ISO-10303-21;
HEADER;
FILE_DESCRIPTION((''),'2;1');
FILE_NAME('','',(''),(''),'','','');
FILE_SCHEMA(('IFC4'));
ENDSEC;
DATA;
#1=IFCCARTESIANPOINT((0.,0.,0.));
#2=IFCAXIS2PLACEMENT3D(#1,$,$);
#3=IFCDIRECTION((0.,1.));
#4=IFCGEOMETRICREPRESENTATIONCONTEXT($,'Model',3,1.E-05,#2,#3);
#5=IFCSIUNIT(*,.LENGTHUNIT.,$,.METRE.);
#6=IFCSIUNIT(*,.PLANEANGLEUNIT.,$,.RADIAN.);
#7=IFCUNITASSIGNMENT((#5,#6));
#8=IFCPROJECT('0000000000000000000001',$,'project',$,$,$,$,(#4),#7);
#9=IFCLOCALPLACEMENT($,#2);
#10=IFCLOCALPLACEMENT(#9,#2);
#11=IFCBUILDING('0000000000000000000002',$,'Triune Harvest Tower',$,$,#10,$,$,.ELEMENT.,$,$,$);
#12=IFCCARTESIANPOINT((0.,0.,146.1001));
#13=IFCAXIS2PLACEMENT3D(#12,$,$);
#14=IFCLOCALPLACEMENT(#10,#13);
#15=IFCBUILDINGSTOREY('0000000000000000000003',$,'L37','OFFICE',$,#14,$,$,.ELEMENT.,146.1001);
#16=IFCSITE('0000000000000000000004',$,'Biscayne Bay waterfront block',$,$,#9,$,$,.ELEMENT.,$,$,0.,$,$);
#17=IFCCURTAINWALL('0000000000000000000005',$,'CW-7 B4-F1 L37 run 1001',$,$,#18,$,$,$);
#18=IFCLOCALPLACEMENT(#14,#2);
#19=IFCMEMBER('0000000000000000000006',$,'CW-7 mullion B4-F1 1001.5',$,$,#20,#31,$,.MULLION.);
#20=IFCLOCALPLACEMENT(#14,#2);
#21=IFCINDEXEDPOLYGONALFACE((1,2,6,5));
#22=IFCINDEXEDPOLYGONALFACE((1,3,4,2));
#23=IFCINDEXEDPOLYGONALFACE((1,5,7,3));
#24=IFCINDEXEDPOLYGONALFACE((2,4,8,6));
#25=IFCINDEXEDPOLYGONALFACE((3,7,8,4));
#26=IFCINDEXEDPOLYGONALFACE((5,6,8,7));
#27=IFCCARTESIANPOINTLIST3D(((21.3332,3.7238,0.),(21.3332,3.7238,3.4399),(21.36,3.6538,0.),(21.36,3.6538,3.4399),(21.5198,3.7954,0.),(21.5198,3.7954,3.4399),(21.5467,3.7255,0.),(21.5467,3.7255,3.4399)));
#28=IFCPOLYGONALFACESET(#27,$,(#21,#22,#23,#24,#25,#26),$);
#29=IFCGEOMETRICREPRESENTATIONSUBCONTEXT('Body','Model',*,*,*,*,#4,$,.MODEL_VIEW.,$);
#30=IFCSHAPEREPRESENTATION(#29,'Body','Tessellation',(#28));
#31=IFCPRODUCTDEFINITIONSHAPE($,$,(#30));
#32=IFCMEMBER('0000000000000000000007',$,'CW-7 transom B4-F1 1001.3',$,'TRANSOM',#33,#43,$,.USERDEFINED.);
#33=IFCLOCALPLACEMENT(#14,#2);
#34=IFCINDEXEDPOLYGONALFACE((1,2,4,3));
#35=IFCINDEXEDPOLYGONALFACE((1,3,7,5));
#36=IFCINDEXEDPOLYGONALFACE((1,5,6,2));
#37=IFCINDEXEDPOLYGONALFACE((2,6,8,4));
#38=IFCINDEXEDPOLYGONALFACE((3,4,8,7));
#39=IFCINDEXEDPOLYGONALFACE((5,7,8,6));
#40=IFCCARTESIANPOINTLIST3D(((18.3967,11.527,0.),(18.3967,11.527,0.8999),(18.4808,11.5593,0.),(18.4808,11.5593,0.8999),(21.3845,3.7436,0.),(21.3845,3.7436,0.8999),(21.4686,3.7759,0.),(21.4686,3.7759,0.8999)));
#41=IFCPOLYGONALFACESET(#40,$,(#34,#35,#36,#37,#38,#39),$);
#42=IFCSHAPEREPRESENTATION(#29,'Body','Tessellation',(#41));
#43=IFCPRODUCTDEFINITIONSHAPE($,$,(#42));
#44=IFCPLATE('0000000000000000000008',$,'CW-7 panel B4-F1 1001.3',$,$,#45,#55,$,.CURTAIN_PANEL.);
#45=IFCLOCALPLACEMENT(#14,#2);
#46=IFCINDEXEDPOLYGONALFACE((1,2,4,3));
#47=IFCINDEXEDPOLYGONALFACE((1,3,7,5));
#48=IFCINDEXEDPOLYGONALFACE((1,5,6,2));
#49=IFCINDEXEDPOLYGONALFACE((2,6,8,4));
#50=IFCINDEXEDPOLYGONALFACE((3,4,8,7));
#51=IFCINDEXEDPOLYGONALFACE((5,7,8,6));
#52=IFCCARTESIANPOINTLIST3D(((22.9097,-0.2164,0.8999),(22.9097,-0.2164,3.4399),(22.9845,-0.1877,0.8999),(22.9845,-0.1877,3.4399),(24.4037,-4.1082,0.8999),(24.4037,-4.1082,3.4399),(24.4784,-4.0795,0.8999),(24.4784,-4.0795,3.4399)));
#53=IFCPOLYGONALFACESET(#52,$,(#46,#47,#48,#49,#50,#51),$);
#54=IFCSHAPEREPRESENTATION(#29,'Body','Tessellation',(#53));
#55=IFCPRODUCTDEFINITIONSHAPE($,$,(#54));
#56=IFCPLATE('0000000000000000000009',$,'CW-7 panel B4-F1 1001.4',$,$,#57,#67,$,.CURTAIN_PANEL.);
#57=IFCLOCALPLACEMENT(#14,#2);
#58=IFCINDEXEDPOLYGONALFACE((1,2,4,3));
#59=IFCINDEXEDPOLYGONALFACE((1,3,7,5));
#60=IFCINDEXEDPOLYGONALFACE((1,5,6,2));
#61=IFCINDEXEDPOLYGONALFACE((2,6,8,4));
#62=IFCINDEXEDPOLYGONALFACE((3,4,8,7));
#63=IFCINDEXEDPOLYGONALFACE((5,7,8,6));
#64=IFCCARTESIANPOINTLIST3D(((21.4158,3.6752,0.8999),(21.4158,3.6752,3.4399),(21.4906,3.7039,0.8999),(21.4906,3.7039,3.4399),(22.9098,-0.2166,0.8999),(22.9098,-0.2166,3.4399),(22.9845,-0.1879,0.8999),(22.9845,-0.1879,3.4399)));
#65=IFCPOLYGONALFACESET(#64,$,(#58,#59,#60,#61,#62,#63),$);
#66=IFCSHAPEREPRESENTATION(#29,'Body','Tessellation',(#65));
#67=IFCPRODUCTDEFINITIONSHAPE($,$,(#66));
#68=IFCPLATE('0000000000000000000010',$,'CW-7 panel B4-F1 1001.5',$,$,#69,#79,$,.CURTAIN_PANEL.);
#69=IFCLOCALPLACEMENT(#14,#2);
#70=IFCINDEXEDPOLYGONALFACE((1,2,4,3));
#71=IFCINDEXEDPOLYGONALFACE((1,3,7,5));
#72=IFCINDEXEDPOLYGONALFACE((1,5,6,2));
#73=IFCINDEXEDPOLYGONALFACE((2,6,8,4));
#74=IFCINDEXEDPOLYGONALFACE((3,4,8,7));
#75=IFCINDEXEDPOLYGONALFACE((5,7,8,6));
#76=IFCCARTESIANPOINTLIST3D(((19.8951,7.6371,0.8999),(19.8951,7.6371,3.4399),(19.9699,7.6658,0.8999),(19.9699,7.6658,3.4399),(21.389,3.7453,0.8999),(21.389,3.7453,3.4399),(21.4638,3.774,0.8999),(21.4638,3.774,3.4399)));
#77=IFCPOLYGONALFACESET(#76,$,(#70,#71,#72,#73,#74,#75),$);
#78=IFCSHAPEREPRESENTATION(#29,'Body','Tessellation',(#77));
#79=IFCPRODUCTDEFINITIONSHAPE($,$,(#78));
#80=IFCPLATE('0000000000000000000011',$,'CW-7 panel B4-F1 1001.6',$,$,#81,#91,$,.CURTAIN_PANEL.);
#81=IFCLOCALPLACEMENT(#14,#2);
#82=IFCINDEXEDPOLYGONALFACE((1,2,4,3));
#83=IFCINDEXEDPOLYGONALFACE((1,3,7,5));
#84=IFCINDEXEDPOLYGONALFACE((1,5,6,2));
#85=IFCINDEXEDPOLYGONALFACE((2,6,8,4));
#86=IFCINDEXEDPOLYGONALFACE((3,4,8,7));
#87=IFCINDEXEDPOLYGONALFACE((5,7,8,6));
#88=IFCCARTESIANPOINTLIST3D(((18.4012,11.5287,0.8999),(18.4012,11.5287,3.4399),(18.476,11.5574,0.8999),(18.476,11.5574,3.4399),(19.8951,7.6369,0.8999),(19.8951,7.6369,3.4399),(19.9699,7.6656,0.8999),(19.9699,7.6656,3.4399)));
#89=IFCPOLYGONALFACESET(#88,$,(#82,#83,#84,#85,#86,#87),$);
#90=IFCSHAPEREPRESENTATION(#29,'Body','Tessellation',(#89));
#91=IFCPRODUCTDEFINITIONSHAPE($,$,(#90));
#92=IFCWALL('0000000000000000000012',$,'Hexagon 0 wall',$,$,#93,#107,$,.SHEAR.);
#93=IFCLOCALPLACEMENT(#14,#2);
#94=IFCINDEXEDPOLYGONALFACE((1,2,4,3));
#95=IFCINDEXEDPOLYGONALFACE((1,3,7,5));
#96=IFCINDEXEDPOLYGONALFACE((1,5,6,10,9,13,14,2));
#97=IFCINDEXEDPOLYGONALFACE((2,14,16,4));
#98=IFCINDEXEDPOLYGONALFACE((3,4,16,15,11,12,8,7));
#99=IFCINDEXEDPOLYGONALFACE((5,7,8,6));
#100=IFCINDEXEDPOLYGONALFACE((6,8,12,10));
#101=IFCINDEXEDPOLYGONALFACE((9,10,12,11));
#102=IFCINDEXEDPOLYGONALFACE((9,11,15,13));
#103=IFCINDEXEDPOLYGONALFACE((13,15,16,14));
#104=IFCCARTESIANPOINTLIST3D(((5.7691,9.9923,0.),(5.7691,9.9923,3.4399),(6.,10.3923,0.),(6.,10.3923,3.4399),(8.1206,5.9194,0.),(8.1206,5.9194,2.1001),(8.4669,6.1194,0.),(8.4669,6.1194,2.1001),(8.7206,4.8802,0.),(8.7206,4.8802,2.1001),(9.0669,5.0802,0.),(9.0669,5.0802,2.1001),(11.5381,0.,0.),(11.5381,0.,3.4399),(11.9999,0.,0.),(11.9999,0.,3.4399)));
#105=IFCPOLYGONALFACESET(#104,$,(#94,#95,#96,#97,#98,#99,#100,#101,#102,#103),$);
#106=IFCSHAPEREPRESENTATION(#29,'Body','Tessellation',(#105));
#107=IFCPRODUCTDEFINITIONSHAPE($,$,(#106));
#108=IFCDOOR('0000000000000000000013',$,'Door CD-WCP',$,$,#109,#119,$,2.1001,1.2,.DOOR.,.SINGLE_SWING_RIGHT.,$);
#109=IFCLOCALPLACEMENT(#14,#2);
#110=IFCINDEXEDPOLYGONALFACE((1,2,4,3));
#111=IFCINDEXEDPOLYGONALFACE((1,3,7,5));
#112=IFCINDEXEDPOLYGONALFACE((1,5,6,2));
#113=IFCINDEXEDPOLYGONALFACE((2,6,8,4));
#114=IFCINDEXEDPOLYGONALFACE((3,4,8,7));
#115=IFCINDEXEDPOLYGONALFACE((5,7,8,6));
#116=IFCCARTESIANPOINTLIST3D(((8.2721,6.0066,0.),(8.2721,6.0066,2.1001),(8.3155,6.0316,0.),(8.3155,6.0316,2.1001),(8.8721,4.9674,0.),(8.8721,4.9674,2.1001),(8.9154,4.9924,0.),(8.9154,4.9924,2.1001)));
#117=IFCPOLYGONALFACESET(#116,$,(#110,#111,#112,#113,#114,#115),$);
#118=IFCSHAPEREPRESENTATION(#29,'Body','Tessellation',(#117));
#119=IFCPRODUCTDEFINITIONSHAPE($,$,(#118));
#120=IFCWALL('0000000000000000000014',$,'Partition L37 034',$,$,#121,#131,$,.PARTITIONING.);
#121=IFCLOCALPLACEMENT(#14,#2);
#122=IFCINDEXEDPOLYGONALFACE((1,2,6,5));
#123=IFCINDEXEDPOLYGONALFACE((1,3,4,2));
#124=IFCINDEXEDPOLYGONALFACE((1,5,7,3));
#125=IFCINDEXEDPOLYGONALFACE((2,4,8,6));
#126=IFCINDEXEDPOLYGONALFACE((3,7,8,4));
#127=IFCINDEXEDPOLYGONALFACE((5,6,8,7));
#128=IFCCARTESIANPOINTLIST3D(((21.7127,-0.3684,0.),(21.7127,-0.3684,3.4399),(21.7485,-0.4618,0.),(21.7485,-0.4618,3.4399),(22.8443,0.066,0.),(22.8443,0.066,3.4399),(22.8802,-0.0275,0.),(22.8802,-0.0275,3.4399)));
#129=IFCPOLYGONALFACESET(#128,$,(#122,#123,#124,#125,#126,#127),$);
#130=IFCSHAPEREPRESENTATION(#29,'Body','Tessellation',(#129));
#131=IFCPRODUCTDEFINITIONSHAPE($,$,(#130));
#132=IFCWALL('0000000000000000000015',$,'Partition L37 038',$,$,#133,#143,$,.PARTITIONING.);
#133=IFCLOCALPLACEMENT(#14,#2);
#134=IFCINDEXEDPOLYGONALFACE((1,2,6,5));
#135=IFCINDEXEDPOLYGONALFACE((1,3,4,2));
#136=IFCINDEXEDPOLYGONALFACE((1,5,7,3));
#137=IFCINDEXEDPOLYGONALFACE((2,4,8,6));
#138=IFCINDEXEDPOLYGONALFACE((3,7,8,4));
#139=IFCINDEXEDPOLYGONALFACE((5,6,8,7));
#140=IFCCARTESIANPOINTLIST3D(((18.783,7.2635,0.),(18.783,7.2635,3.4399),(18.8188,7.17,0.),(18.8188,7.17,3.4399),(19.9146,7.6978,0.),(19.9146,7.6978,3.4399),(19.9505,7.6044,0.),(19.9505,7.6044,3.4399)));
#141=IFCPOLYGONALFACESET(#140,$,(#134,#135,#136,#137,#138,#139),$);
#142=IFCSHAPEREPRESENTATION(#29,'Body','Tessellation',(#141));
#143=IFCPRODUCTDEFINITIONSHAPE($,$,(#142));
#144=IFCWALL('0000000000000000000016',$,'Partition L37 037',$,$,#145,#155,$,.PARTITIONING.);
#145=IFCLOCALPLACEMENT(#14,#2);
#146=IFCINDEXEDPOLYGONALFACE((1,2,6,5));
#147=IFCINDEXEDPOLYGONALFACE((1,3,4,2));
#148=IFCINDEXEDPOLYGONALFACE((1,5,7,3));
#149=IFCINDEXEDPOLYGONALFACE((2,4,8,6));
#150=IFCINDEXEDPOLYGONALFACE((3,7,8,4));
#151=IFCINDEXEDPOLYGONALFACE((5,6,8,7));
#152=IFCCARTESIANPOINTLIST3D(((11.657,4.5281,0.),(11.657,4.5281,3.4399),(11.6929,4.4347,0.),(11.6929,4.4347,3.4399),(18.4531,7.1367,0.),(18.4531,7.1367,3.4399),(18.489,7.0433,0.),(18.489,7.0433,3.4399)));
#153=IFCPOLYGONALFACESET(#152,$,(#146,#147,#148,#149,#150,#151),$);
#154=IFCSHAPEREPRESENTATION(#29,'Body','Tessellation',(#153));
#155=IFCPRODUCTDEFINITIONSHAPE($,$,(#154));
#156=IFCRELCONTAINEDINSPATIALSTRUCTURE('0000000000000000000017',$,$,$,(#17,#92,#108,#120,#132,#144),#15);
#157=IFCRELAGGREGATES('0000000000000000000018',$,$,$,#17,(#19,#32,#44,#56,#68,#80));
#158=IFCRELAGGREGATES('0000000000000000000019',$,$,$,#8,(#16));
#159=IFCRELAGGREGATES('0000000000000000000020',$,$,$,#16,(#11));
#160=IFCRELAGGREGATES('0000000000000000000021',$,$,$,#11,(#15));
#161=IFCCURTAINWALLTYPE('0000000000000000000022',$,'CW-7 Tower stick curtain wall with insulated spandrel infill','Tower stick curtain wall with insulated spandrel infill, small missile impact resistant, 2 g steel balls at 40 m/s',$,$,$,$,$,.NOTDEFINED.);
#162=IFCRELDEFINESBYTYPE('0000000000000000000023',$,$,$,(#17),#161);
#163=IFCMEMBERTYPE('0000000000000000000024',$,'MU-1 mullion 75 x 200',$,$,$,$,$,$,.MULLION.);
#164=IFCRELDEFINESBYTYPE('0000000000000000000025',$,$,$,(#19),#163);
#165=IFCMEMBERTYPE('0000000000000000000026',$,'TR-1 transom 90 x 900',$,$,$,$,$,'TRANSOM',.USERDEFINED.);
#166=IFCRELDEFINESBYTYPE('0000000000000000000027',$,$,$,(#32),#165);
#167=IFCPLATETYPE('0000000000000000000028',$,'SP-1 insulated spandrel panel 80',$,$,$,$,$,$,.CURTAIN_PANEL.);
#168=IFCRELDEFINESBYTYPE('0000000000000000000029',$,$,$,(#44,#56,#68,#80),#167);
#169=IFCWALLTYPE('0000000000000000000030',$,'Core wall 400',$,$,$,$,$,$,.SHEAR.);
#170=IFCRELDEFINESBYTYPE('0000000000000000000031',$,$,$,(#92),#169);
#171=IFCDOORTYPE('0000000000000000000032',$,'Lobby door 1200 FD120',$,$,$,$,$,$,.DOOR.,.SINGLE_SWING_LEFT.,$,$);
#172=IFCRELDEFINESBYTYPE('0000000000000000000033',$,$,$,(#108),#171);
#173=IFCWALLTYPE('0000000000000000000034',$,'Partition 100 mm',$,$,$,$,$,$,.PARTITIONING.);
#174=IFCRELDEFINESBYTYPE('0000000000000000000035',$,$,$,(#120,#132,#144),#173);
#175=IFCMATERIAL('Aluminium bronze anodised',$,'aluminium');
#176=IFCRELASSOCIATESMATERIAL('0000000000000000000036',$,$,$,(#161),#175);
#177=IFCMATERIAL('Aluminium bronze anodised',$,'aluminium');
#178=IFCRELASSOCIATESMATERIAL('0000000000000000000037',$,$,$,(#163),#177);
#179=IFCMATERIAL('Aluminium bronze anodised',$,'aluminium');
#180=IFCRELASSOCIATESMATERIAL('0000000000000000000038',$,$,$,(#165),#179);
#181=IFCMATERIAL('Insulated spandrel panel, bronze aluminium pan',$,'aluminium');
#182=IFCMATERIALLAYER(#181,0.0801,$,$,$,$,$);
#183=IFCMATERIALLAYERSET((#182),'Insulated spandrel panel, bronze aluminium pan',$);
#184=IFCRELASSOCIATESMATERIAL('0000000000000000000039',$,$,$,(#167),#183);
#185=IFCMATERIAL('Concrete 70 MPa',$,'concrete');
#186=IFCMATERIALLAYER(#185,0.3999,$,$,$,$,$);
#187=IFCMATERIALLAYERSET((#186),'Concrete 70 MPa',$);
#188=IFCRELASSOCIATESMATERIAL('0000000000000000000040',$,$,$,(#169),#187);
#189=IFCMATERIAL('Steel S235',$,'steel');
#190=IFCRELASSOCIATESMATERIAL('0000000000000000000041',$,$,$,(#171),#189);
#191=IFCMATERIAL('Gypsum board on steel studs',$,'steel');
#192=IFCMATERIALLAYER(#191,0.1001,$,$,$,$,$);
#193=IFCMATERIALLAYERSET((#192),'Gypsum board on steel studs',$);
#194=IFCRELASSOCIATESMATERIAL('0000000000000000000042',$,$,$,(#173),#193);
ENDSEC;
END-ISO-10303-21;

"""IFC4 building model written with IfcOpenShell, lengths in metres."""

from ifc_helpers import new_model, si_unit, direction, frame, frame_2d, origin, origin_2d, place, context, subcontext, project, spatial, polyline, rectangle, outline, extrude, source, transform, mapped, material, layer, layer_set, material_profile, profile_set, type_object, element, fill, aggregate, save


model = new_model("IFC4")

# Units and contexts
model_context = context("Model", 3, precision=1e-05, world=origin(), true_north=direction((0.0, 1.0)))
body_context = subcontext(model_context, "Body", "Model", "MODEL_VIEW")
ifc_project = project(units=[si_unit("LENGTHUNIT", "METRE"), si_unit("PLANEANGLEUNIT", "RADIAN")], contexts=[model_context])

# Site, building, storey
site_placement = place(None, origin())
site = spatial("IfcSite", under=ifc_project, at=site_placement, Name="Biscayne Bay waterfront block", CompositionType="ELEMENT", RefElevation=0.0)
building_placement = place(site_placement, origin())
building = spatial("IfcBuilding", under=site, at=building_placement, Name="Triune Harvest Tower", CompositionType="ELEMENT")
storey_placement = place(building_placement, frame((0.0, 0.0, 146.1001)))
storey = spatial("IfcBuildingStorey", under=building, at=storey_placement, Name="L37", Description="OFFICE", CompositionType="ELEMENT", Elevation=146.1001)

# Curtain wall, members, plates
ifc_material_1 = material(Name="Aluminium bronze anodised", Category="aluminium")
curtain_wall_type = type_object("IfcCurtainWallType", Name="CW-7 Tower stick curtain wall with insulated spandrel infill", Description="Tower stick curtain wall with insulated spandrel infill, small missile impact resistant, 2 g steel balls at 40 m/s", PredefinedType="NOTDEFINED", material=ifc_material_1)
curtain_wall_placement = place(storey_placement, origin())
curtain_wall = element("IfcCurtainWall", 1, at=curtain_wall_placement, inside=storey, type_object=curtain_wall_type, Name="CW-7 B4-F1 L37 run 1001")
ifc_material_2 = material(Name="Aluminium bronze anodised", Category="aluminium")
ifc_material_profile_1 = material_profile(ifc_material_2, rectangle(XDim=0.2, YDim=0.075, at=origin_2d()), Name="MU-1 mullion 75 x 200")
ifc_profile_set_1 = profile_set([ifc_material_profile_1], Name="Aluminium bronze anodised")
member_type_1 = type_object("IfcMemberType", Name="MU-1 mullion 75 x 200", PredefinedType="MULLION", material=ifc_profile_set_1)
shared_shape_1 = source(origin(), body_context, "Body", "SweptSolid", [
    extrude(rectangle(XDim=0.2, YDim=0.075, at=origin_2d()), origin(), (0.0, 0.0, 1.0), 3.4399),
])
member_1_placement = place(storey_placement, frame((21.4399, 3.7246, 0.0), z_axis=(0.0, 0.0, 1.0), x_axis=(-0.93358, -0.35837, 0.0)))
member_1 = element("IfcMember", 2, at=member_1_placement, type_object=member_type_1, Name="CW-7 mullion B4-F1 1001.5", PredefinedType="MULLION", context=body_context, shape_type="MappedRepresentation", body=[
    mapped(shared_shape_1, transform((0.0, 0.0, 0.0), scale=1.0)),
])
ifc_material_3 = material(Name="Aluminium bronze anodised", Category="aluminium")
ifc_material_profile_2 = material_profile(ifc_material_3, rectangle(XDim=0.0901, YDim=0.8999, at=origin_2d()), Name="TR-1 transom 90 x 900")
ifc_profile_set_2 = profile_set([ifc_material_profile_2], Name="Aluminium bronze anodised")
member_type_2 = type_object("IfcMemberType", Name="TR-1 transom 90 x 900", ElementType="TRANSOM", PredefinedType="USERDEFINED", material=ifc_profile_set_2)
shared_shape_2 = source(origin(), body_context, "Body", "SweptSolid", [
    extrude(rectangle(XDim=0.0901, YDim=0.8999, at=origin_2d()), origin(), (0.0, 0.0, 1.0), 8.3372),
])
member_2_placement = place(storey_placement, frame((21.4265, 3.7598, 0.45), z_axis=(-0.358369, 0.93358, 0.0), x_axis=(-0.93358, -0.358369, 0.0)))
member_2 = element("IfcMember", 3, at=member_2_placement, type_object=member_type_2, Name="CW-7 transom B4-F1 1001.3", ObjectType="TRANSOM", PredefinedType="USERDEFINED", context=body_context, shape_type="MappedRepresentation", body=[
    mapped(shared_shape_2, transform((0.0, 0.0, 0.0), scale=1.0)),
])
ifc_material_4 = material(Name="Insulated spandrel panel, bronze aluminium pan", Category="aluminium")
ifc_layer_1 = layer(ifc_material_4, 0.0801)
ifc_layer_set_1 = layer_set([ifc_layer_1], Name="Insulated spandrel panel, bronze aluminium pan")
plate_type = type_object("IfcPlateType", Name="SP-1 insulated spandrel panel 80", PredefinedType="CURTAIN_PANEL", material=ifc_layer_set_1)
shared_shape_3 = source(origin(), body_context, "Body", "SweptSolid", [
    extrude(rectangle(XDim=4.1687, YDim=0.0801, at=origin_2d()), origin(), (0.0, 0.0, 1.0), 2.54),
])
plate_1_placement = place(storey_placement, frame((23.6941, -2.1479, 0.8999), z_axis=(0.0, 0.0, 1.0), x_axis=(-0.35837, 0.93358, 0.0)))
plate_1 = element("IfcPlate", 4, at=plate_1_placement, type_object=plate_type, Name="CW-7 panel B4-F1 1001.3", PredefinedType="CURTAIN_PANEL", context=body_context, shape_type="MappedRepresentation", body=[
    mapped(shared_shape_3, transform((0.0, 0.0, 0.0), scale=1.0)),
])
plate_2_placement = place(storey_placement, frame((22.2002, 1.7437, 0.8999), z_axis=(0.0, 0.0, 1.0), x_axis=(-0.35837, 0.93358, 0.0)))
plate_2 = element("IfcPlate", 5, at=plate_2_placement, type_object=plate_type, Name="CW-7 panel B4-F1 1001.4", PredefinedType="CURTAIN_PANEL", context=body_context, shape_type="MappedRepresentation", body=[
    mapped(shared_shape_3, transform((0.0, 0.0, 0.0), scale=1.0)),
])
plate_3_placement = place(storey_placement, frame((20.6794, 5.7056, 0.8999), z_axis=(0.0, 0.0, 1.0), x_axis=(-0.35837, 0.93358, 0.0)))
plate_3 = element("IfcPlate", 6, at=plate_3_placement, type_object=plate_type, Name="CW-7 panel B4-F1 1001.5", PredefinedType="CURTAIN_PANEL", context=body_context, shape_type="MappedRepresentation", body=[
    mapped(shared_shape_3, transform((0.0, 0.0, 0.0), scale=1.0)),
])
plate_4_placement = place(storey_placement, frame((19.1855, 9.5972, 0.8999), z_axis=(0.0, 0.0, 1.0), x_axis=(-0.35837, 0.93358, 0.0)))
plate_4 = element("IfcPlate", 7, at=plate_4_placement, type_object=plate_type, Name="CW-7 panel B4-F1 1001.6", PredefinedType="CURTAIN_PANEL", context=body_context, shape_type="MappedRepresentation", body=[
    mapped(shared_shape_3, transform((0.0, 0.0, 0.0), scale=1.0)),
])
aggregate(curtain_wall, [member_1, member_2, plate_1, plate_2, plate_3, plate_4])

# Wall, opening, door
ifc_material_5 = material(Name="Concrete 70 MPa", Category="concrete")
ifc_layer_2 = layer(ifc_material_5, 0.3999)
ifc_layer_set_2 = layer_set([ifc_layer_2], Name="Concrete 70 MPa")
wall_type_1 = type_object("IfcWallType", Name="Core wall 400", PredefinedType="SHEAR", material=ifc_layer_set_2)
shared_shape_4 = source(origin(), body_context, "Body", "SweptSolid", [
    extrude(outline(polyline([(-0.1155, -0.2), (11.8845, -0.2), (11.6536, 0.2), (0.1155, 0.2), (-0.1155, -0.2)])), origin(), (0.0, 0.0, 1.0), 3.4399),
])
wall_1_placement = place(storey_placement, frame((11.769, 0.0, 0.0), z_axis=(0.0, 0.0, 1.0), x_axis=(-0.499997, 0.866027, 0.0)))
wall_1 = element("IfcWall", 8, at=wall_1_placement, inside=storey, type_object=wall_type_1, Name="Hexagon 0 wall", PredefinedType="SHEAR", context=body_context, shape_type="MappedRepresentation", body=[
    mapped(shared_shape_4, transform((0.0, 0.0, 0.0), scale=1.0)),
])
opening_placement = place(wall_1_placement, frame((5.7505, 0.0, 0.0)))
opening = element("IfcOpeningElement", 9, at=opening_placement, cuts=wall_1, PredefinedType="OPENING", context=body_context, shape_type="SweptSolid", body=[
    extrude(rectangle(XDim=1.2, YDim=2.1001, at=frame_2d((0.6001, 1.05))), frame((0.0, 0.21, 0.0), z_axis=(0.0, -1.0, 0.0), x_axis=(1.0, 0.0, 0.0)), (0.0, 0.0, 1.0), 0.4199),
])
ifc_material_6 = material(Name="Steel S235", Category="steel")
door_type = type_object("IfcDoorType", Name="Lobby door 1200 FD120", OperationType="SINGLE_SWING_LEFT", PredefinedType="DOOR", material=ifc_material_6)
door_placement = place(opening_placement, frame((1.2, 0.0, 0.0), z_axis=(0.0, 0.0, 1.0), x_axis=(-1.0, 0.0, 0.0)))
door = element("IfcDoor", 10, at=door_placement, inside=storey, type_object=door_type, Name="Door CD-WCP", OperationType="SINGLE_SWING_RIGHT", OverallHeight=2.1001, OverallWidth=1.2, PredefinedType="DOOR", context=body_context, shape_type="SweptSolid", body=[
    extrude(rectangle(XDim=1.2, YDim=2.1001, at=frame_2d((0.6001, 1.05))), frame((0.0, 0.0249, 0.0), z_axis=(0.0, -1.0, 0.0), x_axis=(1.0, 0.0, 0.0)), (0.0, 0.0, 1.0), 0.05),
])
fill(opening, door)

# Walls
ifc_material_7 = material(Name="Gypsum board on steel studs", Category="steel")
ifc_layer_3 = layer(ifc_material_7, 0.1001)
ifc_layer_set_3 = layer_set([ifc_layer_3], Name="Gypsum board on steel studs")
wall_type_2 = type_object("IfcWallType", Name="Partition 100 mm", PredefinedType="PARTITIONING", material=ifc_layer_set_3)
shared_shape_5 = source(origin(), body_context, "Body", "SweptSolid", [
    extrude(rectangle(XDim=1.2122, YDim=0.1001, at=frame_2d((0.606, 0.0))), origin(), (0.0, 0.0, 1.0), 3.4399),
])
for number, where, z_axis, x_axis, name in (
    (11, (21.7307, -0.415, 0.0), (0.0, 0.0, 1.0), (0.933595, 0.358331, 0.0), "Partition L37 034"),
    (12, (18.801, 7.2168, 0.0), (0.0, 0.0, 1.0), (0.933595, 0.358331, 0.0), "Partition L37 038"),
):
    element("IfcWall", number, at=place(storey_placement, frame(where, z_axis=z_axis, x_axis=x_axis)), inside=storey, type_object=wall_type_2, Name=name, PredefinedType="PARTITIONING", context=body_context, shape_type="MappedRepresentation", body=[
        mapped(shared_shape_5, transform((0.0, 0.0, 0.0), scale=1.0)),
    ])
shared_shape_6 = source(origin(), body_context, "Body", "SweptSolid", [
    extrude(rectangle(XDim=7.2795, YDim=0.1001, at=frame_2d((3.6396, 0.0))), origin(), (0.0, 0.0, 1.0), 3.4399),
])
wall_2_placement = place(storey_placement, frame((11.675, 4.4814, 0.0), z_axis=(0.0, 0.0, 1.0), x_axis=(0.933587, 0.35835, 0.0)))
element("IfcWall", 13, at=wall_2_placement, inside=storey, type_object=wall_type_2, Name="Partition L37 037", PredefinedType="PARTITIONING", context=body_context, shape_type="MappedRepresentation", body=[
    mapped(shared_shape_6, transform((0.0, 0.0, 0.0), scale=1.0)),
])

save(model, "model.ifc")
